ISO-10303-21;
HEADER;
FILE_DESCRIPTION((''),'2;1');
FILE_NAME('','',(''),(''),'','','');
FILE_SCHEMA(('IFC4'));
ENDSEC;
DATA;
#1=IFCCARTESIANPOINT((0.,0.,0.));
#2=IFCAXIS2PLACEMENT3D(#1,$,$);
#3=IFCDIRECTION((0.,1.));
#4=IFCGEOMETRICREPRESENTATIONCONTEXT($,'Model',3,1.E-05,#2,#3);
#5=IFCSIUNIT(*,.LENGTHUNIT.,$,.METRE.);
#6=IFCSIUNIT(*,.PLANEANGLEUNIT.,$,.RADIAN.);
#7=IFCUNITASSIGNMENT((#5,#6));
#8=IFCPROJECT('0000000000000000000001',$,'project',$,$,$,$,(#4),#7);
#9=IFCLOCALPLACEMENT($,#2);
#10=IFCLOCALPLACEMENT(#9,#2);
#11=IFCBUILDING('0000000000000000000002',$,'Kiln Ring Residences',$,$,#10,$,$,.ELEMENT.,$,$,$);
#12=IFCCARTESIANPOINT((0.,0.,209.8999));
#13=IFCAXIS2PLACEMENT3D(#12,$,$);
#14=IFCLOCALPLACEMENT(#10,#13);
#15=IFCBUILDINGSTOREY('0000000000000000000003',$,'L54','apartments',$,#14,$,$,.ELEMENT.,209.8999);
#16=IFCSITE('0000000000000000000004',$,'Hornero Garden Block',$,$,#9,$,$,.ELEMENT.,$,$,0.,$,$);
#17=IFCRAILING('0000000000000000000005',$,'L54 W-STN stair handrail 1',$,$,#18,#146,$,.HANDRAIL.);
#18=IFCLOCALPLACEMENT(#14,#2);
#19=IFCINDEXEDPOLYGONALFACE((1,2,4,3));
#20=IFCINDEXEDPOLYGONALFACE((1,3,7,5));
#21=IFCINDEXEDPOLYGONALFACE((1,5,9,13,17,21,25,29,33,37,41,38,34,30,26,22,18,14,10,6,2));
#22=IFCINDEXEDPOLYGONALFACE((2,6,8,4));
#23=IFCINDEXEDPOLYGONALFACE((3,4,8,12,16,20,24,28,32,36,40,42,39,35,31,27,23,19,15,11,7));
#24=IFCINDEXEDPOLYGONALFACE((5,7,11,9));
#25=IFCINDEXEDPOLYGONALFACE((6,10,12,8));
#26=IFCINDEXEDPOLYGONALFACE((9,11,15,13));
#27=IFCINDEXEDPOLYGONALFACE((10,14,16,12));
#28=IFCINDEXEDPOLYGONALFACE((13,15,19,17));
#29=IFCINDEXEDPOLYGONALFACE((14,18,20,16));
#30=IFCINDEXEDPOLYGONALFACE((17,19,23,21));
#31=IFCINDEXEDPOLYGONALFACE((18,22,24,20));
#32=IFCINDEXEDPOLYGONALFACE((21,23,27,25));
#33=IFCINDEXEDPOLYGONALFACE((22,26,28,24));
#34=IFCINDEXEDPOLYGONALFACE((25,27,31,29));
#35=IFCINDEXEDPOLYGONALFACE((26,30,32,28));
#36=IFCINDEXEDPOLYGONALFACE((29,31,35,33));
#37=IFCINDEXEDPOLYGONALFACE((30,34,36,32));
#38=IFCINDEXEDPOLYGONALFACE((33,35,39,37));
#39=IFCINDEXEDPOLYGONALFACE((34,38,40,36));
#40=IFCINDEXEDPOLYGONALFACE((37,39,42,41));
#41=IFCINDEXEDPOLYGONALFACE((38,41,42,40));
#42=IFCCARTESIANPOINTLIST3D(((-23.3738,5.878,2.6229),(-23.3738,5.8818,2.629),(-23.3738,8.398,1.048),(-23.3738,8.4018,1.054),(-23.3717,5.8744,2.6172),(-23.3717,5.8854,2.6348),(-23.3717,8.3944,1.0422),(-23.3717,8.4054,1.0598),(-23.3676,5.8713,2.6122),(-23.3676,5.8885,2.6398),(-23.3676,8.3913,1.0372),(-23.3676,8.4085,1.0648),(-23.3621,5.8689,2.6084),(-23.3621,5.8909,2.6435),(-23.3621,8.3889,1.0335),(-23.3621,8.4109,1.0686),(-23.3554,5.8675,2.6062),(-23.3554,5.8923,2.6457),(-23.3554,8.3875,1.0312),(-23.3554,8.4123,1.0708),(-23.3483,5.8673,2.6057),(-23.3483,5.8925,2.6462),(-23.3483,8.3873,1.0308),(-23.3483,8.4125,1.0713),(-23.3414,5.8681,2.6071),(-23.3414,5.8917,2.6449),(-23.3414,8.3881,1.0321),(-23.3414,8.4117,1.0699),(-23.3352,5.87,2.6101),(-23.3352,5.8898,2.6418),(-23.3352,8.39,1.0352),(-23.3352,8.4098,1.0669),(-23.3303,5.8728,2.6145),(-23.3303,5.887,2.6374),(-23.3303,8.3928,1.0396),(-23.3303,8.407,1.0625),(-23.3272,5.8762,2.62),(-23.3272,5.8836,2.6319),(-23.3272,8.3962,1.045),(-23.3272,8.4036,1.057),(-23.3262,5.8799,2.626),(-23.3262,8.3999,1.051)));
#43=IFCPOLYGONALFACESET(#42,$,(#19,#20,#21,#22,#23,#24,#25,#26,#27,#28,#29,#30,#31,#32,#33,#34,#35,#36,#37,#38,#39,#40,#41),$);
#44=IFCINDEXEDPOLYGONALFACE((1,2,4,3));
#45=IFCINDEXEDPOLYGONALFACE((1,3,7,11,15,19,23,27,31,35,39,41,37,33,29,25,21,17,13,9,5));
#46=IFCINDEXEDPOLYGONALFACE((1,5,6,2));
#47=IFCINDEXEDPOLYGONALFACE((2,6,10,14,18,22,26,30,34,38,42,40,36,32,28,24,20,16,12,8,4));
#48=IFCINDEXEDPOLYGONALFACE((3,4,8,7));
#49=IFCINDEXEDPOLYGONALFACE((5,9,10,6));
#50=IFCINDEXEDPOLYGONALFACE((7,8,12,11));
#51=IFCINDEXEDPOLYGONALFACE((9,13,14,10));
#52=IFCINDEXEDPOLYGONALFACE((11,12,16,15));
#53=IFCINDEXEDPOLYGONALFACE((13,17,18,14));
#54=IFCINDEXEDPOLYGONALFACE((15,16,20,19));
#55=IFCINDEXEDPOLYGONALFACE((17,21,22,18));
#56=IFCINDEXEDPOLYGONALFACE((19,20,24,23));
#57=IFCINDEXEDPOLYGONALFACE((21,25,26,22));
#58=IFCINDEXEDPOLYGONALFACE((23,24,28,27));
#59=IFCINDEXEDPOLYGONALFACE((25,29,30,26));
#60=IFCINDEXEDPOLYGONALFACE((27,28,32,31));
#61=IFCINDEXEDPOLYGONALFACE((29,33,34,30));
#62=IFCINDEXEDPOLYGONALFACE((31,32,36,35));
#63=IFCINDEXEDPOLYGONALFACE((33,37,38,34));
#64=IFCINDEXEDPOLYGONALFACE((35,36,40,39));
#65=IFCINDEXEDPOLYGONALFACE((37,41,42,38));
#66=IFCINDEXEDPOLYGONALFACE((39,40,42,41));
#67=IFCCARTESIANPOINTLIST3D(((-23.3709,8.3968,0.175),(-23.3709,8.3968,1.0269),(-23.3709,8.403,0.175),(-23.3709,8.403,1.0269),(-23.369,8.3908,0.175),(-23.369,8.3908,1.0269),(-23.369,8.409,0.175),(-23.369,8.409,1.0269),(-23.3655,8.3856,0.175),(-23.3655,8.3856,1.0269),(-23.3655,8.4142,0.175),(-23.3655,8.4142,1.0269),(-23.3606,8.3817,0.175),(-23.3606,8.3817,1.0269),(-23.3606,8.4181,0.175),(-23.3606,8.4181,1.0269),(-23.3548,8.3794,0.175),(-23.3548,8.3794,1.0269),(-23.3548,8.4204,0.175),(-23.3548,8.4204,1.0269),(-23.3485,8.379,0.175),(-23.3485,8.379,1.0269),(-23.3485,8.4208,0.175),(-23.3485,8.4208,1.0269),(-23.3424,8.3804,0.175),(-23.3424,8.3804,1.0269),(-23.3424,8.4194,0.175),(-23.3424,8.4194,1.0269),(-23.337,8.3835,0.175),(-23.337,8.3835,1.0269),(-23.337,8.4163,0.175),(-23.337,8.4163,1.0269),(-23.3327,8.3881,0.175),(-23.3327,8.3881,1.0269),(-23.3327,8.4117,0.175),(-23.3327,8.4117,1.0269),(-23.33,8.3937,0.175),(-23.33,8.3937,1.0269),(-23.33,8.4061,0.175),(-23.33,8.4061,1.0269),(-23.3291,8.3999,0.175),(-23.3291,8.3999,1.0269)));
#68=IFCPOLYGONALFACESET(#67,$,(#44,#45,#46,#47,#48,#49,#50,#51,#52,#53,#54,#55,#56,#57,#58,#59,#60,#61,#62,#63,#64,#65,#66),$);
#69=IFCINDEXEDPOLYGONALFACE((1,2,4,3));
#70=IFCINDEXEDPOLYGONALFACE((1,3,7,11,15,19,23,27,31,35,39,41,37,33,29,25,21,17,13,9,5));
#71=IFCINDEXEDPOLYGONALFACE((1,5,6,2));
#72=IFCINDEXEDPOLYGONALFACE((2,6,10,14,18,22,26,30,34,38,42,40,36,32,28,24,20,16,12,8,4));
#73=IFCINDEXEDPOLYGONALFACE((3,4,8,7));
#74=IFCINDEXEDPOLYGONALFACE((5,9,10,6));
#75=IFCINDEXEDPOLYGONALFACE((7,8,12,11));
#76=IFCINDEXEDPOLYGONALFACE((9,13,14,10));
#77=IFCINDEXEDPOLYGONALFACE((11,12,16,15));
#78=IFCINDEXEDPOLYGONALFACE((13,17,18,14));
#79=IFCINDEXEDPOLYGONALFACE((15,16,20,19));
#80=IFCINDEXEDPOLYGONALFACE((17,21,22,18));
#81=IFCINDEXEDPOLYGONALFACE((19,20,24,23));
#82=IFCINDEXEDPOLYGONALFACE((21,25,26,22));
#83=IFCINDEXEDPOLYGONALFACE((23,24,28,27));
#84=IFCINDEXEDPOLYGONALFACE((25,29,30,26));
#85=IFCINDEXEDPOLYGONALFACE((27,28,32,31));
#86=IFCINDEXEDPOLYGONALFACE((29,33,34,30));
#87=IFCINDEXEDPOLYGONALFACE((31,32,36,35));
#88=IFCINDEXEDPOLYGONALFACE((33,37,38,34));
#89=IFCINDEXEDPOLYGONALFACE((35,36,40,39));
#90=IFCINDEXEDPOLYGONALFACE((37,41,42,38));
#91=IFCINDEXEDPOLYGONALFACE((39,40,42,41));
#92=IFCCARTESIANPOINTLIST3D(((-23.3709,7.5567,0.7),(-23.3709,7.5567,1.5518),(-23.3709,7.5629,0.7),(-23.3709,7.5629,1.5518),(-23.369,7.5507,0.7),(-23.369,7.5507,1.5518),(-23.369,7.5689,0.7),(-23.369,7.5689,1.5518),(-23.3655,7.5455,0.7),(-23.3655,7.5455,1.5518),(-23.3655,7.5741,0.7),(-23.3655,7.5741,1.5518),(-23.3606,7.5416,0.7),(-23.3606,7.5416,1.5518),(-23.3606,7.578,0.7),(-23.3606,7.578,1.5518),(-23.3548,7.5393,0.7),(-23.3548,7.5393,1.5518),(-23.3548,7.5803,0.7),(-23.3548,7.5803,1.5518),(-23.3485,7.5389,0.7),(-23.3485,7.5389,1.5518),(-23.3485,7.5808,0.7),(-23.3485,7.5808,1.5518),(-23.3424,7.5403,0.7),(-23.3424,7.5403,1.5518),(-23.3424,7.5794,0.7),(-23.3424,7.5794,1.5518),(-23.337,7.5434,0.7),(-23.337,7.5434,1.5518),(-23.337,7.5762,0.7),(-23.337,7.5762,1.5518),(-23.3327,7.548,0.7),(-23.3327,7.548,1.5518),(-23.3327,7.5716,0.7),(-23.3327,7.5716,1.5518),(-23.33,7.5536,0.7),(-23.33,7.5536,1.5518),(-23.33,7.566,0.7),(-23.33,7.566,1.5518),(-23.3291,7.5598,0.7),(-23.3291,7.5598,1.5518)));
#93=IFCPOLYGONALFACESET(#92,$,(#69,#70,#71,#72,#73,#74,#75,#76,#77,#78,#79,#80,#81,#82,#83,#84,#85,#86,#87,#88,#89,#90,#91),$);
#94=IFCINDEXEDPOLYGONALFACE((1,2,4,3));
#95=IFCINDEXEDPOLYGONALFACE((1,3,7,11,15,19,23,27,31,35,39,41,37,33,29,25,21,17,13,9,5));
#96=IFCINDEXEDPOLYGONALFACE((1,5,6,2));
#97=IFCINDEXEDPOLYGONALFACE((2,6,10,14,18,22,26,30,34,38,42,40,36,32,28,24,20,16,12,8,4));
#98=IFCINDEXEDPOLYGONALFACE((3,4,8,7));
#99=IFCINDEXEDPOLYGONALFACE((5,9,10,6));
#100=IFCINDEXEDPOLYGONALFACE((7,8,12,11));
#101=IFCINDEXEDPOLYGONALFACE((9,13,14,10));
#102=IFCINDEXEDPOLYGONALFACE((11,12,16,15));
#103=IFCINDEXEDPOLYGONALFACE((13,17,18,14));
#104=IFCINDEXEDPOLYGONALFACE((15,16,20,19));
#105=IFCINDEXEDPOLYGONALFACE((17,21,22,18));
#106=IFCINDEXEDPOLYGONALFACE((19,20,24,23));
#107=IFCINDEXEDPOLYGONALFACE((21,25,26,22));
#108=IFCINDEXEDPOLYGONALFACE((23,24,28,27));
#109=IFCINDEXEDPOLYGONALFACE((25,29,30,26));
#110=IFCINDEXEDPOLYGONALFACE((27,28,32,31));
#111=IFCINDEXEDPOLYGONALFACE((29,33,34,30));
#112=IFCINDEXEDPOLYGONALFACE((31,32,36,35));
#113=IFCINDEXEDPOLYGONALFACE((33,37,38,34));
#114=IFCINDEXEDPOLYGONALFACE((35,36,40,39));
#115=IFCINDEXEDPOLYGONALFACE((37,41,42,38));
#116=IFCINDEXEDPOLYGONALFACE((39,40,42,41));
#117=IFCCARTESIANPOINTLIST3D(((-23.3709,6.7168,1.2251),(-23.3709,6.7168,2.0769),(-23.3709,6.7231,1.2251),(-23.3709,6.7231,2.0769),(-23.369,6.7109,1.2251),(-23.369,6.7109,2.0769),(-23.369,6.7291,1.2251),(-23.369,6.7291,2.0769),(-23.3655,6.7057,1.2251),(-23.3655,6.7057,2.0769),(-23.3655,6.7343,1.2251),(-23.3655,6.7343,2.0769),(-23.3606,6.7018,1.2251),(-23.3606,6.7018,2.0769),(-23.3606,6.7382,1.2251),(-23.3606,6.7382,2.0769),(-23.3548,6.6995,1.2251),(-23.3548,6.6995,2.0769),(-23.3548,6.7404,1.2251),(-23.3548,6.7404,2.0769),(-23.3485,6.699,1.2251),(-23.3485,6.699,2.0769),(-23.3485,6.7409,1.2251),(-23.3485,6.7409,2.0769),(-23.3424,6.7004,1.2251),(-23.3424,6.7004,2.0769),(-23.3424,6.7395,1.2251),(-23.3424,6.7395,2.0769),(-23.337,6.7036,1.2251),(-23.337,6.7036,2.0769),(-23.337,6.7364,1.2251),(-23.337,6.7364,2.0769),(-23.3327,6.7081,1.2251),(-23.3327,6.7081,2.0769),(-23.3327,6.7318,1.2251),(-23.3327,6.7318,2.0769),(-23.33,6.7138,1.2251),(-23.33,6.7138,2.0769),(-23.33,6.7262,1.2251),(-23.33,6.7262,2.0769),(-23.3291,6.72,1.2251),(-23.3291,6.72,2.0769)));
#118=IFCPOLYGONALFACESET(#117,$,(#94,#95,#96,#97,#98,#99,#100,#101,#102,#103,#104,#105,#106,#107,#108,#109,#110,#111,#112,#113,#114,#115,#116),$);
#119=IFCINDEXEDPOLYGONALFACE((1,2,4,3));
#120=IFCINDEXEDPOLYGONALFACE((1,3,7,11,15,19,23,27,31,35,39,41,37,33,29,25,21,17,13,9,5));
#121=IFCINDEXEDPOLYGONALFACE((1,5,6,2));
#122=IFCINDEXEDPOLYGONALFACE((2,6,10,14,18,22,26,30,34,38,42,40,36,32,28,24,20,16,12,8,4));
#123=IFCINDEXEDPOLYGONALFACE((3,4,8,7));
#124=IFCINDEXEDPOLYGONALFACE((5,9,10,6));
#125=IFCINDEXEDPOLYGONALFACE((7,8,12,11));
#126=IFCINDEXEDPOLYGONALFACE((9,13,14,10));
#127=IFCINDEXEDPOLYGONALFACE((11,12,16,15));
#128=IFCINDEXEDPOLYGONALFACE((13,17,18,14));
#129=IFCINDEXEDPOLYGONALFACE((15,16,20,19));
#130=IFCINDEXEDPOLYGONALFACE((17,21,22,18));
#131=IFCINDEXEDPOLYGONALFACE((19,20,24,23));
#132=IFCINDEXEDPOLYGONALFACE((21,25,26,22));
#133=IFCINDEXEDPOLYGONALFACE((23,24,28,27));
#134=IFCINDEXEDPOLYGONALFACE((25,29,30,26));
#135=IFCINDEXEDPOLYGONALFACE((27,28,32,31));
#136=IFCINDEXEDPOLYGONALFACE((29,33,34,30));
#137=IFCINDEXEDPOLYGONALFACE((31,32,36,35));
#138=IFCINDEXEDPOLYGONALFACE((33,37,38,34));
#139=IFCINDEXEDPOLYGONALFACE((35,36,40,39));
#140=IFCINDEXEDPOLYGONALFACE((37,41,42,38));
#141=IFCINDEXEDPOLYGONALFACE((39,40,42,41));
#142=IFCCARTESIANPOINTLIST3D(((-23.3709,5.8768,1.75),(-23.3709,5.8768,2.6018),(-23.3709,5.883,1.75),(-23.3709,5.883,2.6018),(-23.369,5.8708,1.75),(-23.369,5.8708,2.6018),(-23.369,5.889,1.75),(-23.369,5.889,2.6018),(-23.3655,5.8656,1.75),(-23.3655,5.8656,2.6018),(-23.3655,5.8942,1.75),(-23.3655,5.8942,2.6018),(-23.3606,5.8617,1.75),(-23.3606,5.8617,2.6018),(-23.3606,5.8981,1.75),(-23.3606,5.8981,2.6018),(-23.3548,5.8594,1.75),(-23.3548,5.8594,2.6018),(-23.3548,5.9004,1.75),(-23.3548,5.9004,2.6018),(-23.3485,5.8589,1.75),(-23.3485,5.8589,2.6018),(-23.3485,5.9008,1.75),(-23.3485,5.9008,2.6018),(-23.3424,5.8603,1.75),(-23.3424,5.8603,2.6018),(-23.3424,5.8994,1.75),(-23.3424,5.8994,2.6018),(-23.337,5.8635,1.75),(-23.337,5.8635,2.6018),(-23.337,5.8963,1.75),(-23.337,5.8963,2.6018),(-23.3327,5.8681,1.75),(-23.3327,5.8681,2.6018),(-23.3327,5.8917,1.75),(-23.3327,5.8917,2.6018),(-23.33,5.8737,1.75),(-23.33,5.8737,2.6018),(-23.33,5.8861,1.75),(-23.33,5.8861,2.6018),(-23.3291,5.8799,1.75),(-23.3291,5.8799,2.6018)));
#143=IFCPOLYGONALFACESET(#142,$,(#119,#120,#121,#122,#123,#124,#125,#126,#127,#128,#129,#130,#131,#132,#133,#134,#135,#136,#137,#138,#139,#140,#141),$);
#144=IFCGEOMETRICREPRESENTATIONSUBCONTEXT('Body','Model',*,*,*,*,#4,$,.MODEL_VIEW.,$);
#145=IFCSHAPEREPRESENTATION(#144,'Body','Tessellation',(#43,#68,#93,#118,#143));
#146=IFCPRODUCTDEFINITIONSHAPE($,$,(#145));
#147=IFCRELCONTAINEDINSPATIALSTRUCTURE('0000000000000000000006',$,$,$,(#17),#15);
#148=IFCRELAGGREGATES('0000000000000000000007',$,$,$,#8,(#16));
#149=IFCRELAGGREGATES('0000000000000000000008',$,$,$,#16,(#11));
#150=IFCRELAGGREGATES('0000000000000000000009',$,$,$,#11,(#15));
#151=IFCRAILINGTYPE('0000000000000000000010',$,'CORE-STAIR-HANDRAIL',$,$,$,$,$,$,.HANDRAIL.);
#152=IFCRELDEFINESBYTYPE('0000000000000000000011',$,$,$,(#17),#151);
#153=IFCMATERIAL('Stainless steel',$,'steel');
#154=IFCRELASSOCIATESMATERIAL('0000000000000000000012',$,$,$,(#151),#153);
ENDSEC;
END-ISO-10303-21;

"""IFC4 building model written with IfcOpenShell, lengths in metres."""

from ifc_helpers import new_model, si_unit, direction, frame, origin, origin_2d, place, context, subcontext, project, spatial, circle, extrude, material, type_object, element, save


model = new_model("IFC4")

# Units and contexts
model_context = context("Model", 3, precision=1e-05, world=origin(), true_north=direction((0.0, 1.0)))
body_context = subcontext(model_context, "Body", "Model", "MODEL_VIEW")
ifc_project = project(units=[si_unit("LENGTHUNIT", "METRE"), si_unit("PLANEANGLEUNIT", "RADIAN")], contexts=[model_context])

# Site, building, storey
site_placement = place(None, origin())
site = spatial("IfcSite", under=ifc_project, at=site_placement, Name="Hornero Garden Block", CompositionType="ELEMENT", RefElevation=0.0)
building_placement = place(site_placement, origin())
building = spatial("IfcBuilding", under=site, at=building_placement, Name="Kiln Ring Residences", CompositionType="ELEMENT")
storey_placement = place(building_placement, frame((0.0, 0.0, 209.8999)))
storey = spatial("IfcBuildingStorey", under=building, at=storey_placement, Name="L54", Description="apartments", CompositionType="ELEMENT", Elevation=209.8999)

# Railing
ifc_material_1 = material(Name="Stainless steel", Category="steel")
railing_type_1 = type_object("IfcRailingType", Name="CORE-STAIR-HANDRAIL", PredefinedType="HANDRAIL", material=ifc_material_1)
railing_1_placement = place(storey_placement, frame((-23.3501, 8.3999, 0.175)))
element("IfcRailing", 1, at=railing_1_placement, inside=storey, type_object=railing_type_1, Name="L54 W-STN stair handrail 1", PredefinedType="HANDRAIL", context=body_context, shape_type="SweptSolid", body=[
    extrude(circle(Radius=0.0239, at=origin_2d()), frame((0.0, 0.0, 0.876), z_axis=(0.0, -0.848008, 0.529984), x_axis=(1.0, 0.0, 0.0)), (0.0, 0.0, 1.0), 2.9717),
    extrude(circle(Radius=0.021, at=origin_2d()), origin(), (0.0, 0.0, 1.0), 0.8518),
    extrude(circle(Radius=0.021, at=origin_2d()), frame((0.0, -0.8401, 0.5249)), (0.0, 0.0, 1.0), 0.8518),
    extrude(circle(Radius=0.021, at=origin_2d()), frame((0.0, -1.6799, 1.05)), (0.0, 0.0, 1.0), 0.8518),
    extrude(circle(Radius=0.021, at=origin_2d()), frame((0.0, -2.52, 1.575)), (0.0, 0.0, 1.0), 0.8518),
])

save(model, "model.ifc")
